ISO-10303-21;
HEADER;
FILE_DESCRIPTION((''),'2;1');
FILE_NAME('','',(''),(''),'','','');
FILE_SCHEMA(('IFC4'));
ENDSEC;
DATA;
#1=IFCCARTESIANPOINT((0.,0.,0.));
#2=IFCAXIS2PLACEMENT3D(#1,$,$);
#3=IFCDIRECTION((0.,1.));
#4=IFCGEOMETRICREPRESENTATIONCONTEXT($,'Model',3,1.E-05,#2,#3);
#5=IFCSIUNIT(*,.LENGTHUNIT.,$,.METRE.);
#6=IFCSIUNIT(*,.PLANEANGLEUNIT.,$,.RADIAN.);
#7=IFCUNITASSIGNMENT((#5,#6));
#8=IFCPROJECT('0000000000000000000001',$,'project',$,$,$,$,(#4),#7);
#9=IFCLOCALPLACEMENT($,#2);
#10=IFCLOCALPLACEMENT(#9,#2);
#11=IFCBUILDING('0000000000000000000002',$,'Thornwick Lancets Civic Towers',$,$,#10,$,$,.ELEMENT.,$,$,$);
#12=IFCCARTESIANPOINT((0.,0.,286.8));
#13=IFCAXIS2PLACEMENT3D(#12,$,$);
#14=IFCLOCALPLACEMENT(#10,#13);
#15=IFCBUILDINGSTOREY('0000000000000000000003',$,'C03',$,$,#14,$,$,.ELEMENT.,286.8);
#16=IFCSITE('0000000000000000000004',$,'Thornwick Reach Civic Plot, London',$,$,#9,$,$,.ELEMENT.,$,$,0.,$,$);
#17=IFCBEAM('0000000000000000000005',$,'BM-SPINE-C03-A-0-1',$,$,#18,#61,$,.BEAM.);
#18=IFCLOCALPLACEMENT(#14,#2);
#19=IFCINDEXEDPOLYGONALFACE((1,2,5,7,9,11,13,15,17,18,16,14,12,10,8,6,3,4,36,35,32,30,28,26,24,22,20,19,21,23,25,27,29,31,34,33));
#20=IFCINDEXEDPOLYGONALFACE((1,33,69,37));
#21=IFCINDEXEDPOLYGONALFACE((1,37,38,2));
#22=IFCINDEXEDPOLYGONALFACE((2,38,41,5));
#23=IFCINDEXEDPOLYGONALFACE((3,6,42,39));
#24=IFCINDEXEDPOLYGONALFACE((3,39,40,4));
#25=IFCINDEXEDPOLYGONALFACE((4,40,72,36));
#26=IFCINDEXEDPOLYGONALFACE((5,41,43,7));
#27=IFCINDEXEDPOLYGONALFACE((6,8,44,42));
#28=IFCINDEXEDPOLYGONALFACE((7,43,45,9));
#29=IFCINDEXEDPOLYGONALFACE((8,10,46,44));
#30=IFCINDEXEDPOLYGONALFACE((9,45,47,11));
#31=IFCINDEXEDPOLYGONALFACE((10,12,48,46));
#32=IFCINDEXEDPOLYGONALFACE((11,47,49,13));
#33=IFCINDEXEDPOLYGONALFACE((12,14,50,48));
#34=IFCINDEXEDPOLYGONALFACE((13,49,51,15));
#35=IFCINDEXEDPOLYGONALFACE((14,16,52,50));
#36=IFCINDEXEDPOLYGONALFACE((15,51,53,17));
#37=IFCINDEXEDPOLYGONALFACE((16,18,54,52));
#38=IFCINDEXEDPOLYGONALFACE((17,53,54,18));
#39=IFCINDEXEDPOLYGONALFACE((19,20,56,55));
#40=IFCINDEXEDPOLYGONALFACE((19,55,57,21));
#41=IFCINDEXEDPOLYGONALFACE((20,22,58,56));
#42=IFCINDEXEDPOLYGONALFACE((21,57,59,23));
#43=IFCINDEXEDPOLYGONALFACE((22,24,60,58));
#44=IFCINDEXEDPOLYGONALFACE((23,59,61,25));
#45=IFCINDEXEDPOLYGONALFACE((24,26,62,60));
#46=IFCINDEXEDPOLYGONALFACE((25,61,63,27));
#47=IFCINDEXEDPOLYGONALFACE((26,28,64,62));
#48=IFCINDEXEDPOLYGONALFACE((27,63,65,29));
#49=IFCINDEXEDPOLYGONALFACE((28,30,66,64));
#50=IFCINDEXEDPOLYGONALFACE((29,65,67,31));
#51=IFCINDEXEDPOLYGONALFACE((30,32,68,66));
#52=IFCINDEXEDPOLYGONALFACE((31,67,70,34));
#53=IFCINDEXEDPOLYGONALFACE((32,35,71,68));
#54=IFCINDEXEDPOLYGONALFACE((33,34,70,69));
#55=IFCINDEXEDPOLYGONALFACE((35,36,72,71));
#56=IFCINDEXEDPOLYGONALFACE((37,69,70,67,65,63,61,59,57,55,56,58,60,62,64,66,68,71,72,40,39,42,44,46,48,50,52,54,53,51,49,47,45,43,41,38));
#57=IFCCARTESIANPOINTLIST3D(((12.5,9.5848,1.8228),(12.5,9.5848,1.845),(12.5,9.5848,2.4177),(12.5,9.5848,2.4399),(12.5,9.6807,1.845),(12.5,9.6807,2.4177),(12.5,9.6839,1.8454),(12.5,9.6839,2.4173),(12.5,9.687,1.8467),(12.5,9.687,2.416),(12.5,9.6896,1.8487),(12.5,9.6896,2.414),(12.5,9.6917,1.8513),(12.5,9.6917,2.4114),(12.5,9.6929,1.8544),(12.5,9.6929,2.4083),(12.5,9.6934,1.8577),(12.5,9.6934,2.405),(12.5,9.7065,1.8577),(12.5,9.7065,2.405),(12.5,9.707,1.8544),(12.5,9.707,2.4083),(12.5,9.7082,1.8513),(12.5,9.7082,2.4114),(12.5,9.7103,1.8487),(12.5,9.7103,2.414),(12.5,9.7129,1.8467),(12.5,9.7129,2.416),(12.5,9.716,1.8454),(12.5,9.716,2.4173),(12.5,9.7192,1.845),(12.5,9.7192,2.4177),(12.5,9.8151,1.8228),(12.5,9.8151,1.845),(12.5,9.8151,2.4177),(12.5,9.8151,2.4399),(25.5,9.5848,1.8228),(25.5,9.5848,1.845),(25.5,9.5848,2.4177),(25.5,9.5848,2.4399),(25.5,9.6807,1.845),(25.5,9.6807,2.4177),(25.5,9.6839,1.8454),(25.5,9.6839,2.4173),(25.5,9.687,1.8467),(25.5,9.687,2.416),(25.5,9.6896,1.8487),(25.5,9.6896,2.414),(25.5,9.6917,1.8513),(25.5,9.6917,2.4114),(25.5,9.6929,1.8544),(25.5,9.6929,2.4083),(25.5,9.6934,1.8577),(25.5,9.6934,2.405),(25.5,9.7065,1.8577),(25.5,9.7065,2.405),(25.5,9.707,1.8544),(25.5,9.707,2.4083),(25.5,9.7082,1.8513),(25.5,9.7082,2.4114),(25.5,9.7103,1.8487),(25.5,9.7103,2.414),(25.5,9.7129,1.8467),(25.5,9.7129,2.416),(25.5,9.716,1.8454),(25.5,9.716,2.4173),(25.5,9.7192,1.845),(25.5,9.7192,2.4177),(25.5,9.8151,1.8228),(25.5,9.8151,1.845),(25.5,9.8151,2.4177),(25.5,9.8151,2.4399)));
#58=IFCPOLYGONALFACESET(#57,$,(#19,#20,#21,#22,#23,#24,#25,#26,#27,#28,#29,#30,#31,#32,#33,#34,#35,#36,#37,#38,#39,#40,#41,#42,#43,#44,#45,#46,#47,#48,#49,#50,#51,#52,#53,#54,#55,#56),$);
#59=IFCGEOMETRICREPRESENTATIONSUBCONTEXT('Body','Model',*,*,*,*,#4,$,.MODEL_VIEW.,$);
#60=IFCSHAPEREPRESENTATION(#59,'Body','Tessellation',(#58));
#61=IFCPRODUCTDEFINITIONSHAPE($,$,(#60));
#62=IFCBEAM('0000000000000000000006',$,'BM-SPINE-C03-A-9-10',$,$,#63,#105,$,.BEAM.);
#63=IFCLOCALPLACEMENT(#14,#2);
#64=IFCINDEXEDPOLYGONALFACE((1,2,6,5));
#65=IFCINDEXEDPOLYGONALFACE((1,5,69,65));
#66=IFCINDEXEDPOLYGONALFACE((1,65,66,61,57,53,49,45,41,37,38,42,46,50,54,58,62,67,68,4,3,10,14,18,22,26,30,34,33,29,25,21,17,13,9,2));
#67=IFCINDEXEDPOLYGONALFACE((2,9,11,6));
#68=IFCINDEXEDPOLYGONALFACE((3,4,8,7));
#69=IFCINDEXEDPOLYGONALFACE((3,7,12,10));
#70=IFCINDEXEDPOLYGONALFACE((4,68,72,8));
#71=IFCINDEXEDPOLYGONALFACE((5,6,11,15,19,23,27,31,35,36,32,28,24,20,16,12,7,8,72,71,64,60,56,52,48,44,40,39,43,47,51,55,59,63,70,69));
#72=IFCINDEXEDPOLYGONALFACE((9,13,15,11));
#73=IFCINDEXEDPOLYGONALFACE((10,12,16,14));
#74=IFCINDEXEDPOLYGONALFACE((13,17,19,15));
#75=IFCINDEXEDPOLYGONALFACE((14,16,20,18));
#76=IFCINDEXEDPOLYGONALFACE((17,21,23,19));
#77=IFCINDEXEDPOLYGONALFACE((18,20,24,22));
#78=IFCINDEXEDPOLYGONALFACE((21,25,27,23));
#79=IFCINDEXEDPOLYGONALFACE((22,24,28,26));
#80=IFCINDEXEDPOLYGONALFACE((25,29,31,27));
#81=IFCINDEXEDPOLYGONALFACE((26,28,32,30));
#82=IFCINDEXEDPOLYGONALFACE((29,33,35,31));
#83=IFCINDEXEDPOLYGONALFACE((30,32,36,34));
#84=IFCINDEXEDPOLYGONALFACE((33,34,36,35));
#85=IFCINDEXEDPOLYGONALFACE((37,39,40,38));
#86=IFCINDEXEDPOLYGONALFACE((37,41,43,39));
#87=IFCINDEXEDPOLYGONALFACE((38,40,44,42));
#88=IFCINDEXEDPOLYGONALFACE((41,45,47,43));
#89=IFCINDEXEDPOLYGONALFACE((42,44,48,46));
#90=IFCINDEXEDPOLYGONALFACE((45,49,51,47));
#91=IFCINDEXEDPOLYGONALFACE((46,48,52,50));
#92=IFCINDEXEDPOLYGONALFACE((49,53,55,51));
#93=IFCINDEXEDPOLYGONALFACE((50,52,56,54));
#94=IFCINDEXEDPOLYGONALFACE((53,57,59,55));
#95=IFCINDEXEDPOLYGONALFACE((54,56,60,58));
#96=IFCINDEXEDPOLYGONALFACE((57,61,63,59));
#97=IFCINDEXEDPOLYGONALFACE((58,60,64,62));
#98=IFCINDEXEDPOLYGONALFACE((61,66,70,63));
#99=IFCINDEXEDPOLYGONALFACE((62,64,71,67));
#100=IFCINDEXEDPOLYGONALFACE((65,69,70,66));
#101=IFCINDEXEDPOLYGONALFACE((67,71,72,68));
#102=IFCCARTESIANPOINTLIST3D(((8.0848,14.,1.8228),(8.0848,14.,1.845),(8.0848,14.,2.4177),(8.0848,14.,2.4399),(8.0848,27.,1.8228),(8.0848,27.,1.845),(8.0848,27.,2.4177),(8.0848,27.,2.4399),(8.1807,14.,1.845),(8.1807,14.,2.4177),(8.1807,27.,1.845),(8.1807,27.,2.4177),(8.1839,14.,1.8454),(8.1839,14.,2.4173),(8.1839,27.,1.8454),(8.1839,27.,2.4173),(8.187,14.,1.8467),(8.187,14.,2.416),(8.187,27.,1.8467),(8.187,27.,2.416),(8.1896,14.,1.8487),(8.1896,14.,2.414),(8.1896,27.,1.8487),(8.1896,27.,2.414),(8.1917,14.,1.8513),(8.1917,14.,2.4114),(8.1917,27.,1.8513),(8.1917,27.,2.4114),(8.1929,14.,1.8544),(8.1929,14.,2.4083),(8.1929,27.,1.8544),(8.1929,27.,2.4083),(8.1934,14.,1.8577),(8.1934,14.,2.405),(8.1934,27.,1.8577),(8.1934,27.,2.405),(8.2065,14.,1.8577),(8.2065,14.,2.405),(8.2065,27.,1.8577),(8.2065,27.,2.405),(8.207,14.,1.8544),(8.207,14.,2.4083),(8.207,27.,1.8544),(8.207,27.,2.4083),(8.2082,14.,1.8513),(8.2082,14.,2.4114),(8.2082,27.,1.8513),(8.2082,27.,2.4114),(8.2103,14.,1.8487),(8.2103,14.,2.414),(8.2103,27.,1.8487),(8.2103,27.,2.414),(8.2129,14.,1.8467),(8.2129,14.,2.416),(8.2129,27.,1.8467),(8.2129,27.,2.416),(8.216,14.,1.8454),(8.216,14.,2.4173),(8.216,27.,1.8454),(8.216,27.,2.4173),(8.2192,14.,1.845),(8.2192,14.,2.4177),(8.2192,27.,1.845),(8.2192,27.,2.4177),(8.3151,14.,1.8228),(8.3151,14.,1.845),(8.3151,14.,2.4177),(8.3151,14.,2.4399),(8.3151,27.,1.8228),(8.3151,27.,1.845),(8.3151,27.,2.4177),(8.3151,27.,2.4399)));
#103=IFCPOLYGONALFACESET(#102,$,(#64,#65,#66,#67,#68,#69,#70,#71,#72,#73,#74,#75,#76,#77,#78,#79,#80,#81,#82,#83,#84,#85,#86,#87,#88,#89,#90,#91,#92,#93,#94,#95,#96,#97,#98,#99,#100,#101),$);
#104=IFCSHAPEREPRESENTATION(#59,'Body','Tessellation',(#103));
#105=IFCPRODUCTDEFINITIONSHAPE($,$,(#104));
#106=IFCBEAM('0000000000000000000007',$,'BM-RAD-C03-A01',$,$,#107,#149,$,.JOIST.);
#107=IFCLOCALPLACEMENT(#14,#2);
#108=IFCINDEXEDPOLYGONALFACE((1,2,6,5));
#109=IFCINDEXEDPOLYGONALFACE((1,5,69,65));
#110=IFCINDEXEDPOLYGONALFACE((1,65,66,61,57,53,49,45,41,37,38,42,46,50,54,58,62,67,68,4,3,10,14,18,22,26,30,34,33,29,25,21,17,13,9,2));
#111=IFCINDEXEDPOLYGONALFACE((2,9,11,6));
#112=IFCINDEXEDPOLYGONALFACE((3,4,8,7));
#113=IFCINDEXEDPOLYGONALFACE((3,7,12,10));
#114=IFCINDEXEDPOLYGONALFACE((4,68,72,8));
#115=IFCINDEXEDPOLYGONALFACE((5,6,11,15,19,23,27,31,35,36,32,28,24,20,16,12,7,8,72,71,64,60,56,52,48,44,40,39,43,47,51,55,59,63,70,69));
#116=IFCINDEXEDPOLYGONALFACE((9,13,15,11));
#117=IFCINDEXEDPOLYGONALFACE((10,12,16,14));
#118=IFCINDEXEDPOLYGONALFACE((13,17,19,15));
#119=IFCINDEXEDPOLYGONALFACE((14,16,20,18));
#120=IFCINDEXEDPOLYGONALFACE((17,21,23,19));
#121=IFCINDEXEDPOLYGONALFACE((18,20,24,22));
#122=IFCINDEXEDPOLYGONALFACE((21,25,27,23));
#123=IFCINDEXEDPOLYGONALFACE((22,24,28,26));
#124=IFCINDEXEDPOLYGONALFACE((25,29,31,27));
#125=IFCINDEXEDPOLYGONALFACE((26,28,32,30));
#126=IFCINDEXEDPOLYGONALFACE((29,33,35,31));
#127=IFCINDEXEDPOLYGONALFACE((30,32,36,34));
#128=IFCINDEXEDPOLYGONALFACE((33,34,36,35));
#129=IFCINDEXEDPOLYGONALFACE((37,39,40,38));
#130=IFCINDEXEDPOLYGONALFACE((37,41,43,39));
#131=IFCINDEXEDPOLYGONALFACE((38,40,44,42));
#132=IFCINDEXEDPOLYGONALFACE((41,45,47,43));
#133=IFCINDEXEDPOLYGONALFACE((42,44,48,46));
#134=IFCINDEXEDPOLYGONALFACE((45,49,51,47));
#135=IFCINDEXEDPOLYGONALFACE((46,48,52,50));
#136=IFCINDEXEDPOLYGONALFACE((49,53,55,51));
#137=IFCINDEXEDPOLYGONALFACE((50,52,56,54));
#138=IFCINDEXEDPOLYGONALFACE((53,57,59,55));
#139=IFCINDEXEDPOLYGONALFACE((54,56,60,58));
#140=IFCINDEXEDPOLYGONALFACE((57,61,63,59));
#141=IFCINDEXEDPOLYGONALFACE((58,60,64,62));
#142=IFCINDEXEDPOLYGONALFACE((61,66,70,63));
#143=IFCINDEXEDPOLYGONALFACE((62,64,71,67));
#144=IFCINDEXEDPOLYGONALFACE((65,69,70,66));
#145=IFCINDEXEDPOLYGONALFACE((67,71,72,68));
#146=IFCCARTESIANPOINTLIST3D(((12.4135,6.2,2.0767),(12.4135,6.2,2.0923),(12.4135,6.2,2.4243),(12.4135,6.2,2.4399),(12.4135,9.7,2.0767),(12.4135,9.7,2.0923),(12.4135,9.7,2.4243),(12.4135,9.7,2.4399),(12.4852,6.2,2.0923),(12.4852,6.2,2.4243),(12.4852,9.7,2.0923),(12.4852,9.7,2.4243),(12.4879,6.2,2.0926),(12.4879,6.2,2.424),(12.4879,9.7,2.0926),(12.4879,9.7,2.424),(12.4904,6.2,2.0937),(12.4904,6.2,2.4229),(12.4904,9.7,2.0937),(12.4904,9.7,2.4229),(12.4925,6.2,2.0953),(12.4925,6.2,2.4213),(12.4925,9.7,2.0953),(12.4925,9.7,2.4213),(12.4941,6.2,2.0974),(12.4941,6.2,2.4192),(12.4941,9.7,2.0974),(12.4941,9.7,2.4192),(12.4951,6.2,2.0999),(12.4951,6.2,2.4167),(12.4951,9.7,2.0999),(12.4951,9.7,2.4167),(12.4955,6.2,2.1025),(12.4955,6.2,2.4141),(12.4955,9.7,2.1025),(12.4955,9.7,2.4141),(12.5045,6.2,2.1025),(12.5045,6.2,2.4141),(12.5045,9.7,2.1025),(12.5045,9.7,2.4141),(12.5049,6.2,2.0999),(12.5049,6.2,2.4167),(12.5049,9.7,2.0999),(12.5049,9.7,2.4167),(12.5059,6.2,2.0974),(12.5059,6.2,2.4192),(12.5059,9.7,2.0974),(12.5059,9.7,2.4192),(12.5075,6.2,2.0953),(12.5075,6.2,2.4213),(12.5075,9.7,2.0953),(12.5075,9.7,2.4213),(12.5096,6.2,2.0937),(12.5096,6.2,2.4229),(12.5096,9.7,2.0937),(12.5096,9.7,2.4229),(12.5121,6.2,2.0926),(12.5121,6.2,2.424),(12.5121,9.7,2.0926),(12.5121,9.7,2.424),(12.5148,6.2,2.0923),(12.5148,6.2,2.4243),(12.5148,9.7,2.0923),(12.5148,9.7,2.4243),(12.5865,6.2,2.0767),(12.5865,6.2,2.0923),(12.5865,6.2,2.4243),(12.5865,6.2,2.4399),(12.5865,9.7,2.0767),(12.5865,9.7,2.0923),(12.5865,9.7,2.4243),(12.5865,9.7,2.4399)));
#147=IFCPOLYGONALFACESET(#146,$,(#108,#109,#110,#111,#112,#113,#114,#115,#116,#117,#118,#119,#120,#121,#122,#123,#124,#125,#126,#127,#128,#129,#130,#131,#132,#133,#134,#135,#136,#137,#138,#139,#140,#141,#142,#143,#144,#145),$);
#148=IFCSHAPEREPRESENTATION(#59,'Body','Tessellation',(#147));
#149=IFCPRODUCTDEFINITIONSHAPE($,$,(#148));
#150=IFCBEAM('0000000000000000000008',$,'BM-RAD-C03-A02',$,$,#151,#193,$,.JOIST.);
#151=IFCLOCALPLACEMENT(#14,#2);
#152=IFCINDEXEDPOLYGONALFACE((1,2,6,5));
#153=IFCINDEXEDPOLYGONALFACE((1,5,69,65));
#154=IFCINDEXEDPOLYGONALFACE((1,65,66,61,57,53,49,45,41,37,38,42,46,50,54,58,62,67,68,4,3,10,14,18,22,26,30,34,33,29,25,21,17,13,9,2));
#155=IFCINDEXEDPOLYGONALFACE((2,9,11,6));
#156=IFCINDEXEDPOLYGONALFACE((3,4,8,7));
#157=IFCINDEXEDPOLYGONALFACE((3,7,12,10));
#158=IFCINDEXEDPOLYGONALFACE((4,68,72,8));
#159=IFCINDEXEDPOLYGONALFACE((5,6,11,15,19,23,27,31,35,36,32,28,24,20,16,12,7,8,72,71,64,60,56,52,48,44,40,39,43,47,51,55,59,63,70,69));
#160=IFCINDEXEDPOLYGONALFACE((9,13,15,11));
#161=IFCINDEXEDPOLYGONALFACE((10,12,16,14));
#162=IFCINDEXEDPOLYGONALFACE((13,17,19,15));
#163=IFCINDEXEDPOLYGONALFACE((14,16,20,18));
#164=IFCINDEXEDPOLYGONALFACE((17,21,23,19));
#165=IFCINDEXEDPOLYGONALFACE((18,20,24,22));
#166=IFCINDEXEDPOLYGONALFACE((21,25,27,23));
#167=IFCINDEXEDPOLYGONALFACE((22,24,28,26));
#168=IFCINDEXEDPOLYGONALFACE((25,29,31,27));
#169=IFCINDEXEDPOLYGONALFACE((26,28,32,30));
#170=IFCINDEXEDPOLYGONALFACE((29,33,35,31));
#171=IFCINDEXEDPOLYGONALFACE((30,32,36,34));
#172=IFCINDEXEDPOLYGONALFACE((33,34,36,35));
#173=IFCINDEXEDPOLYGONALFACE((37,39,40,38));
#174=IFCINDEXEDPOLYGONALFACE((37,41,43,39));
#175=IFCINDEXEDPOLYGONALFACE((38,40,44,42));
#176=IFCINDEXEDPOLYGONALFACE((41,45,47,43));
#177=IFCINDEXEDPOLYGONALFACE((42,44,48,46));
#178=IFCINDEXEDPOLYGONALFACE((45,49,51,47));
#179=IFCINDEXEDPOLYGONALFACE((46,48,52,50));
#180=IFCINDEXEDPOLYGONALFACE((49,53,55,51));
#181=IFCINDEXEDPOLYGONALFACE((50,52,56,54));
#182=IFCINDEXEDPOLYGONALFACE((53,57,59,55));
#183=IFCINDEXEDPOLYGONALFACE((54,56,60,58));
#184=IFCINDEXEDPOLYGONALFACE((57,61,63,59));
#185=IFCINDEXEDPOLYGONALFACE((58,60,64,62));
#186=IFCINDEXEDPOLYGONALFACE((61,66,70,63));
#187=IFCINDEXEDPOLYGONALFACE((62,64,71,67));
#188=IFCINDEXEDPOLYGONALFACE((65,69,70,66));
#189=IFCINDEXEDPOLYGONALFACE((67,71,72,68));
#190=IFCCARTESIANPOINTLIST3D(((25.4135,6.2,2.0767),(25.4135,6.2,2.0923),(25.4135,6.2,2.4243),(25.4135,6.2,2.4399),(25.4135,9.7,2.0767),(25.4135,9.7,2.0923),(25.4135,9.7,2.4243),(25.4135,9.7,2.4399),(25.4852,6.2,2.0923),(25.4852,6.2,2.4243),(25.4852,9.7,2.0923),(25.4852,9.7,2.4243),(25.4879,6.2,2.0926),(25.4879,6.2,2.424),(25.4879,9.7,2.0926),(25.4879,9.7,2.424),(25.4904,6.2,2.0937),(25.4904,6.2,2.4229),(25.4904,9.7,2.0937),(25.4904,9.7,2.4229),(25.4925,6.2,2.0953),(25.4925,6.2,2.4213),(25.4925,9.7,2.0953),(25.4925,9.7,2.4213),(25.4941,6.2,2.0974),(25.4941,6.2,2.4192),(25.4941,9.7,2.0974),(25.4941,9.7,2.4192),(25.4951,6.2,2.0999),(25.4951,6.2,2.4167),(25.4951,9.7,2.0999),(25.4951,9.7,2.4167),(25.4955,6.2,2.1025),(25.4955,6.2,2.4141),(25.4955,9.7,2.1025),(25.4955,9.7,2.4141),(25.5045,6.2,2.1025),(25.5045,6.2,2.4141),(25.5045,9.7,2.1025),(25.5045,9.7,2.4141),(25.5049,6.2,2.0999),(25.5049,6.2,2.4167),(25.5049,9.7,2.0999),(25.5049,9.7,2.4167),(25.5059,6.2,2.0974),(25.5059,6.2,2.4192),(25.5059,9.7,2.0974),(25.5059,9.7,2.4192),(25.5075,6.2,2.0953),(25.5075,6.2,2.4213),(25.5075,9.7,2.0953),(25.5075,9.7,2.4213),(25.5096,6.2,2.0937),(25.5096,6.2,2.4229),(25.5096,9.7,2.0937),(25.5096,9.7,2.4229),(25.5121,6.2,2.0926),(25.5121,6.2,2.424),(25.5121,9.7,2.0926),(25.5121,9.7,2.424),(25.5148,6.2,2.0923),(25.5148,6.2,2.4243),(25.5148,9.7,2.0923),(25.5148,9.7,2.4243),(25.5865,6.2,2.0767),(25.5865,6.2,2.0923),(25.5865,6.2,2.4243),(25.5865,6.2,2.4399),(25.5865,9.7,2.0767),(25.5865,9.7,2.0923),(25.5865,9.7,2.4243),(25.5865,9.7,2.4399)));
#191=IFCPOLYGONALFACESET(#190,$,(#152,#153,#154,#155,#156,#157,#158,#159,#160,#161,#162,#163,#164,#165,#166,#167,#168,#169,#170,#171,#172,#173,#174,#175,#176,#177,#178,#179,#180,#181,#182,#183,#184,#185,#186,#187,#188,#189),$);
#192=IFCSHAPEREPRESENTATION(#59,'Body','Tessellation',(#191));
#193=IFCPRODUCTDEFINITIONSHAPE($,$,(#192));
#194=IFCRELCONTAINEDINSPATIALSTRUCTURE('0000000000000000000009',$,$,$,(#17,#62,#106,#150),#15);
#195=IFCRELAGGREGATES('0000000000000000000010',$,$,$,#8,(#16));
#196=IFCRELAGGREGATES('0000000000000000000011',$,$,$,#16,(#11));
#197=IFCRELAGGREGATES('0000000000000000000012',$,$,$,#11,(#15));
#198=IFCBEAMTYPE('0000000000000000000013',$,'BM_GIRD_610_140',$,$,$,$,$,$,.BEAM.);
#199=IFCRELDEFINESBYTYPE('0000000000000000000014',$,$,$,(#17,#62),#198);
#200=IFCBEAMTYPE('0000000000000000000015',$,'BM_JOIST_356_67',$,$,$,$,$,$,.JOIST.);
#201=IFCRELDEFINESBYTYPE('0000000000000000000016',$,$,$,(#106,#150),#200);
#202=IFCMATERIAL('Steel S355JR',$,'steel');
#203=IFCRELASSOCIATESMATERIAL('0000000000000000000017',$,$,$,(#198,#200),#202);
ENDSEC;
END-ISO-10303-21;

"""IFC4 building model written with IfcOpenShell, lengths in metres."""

from ifc_helpers import new_model, si_unit, direction, frame, origin, origin_2d, place, context, subcontext, project, spatial, i_section, extrude, material, material_profile, profile_set, type_object, element, save


model = new_model("IFC4")

# Units and contexts
model_context = context("Model", 3, precision=1e-05, world=origin(), true_north=direction((0.0, 1.0)))
body_context = subcontext(model_context, "Body", "Model", "MODEL_VIEW")
ifc_project = project(units=[si_unit("LENGTHUNIT", "METRE"), si_unit("PLANEANGLEUNIT", "RADIAN")], contexts=[model_context])

# Site, building, storey
site_placement = place(None, origin())
site = spatial("IfcSite", under=ifc_project, at=site_placement, Name="Thornwick Reach Civic Plot, London", CompositionType="ELEMENT", RefElevation=0.0)
building_placement = place(site_placement, origin())
building = spatial("IfcBuilding", under=site, at=building_placement, Name="Thornwick Lancets Civic Towers", CompositionType="ELEMENT")
storey_placement = place(building_placement, frame((0.0, 0.0, 286.8)))
storey = spatial("IfcBuildingStorey", under=building, at=storey_placement, Name="C03", CompositionType="ELEMENT", Elevation=286.8)

# Shared definitions
ifc_material_1 = material(Name="Steel S355JR", Category="steel")

# Beams
ifc_material_profile_1 = material_profile(ifc_material_1, i_section(OverallWidth=0.2302, OverallDepth=0.6172, WebThickness=0.0132, FlangeThickness=0.0222, FilletRadius=0.0127, at=origin_2d()), Name="UKB 610x229x140")
ifc_profile_set_1 = profile_set([ifc_material_profile_1], Name="Steel S355JR")
beam_type_1 = type_object("IfcBeamType", Name="BM_GIRD_610_140", PredefinedType="BEAM", material=ifc_profile_set_1)
for number, where, z_axis, x_axis, name in (
    (1, (12.5, 9.7, 2.1313), (1.0, 0.0, 0.0), (0.0, 1.0, 0.0), "BM-SPINE-C03-A-0-1"),
    (2, (8.2, 14.0, 2.1313), (0.0, 1.0, 0.0), (-1.0, 0.0, 0.0), "BM-SPINE-C03-A-9-10"),
):
    element("IfcBeam", number, at=place(storey_placement, frame(where, z_axis=z_axis, x_axis=x_axis)), inside=storey, type_object=beam_type_1, Name=name, PredefinedType="BEAM", context=body_context, shape_type="SweptSolid", body=[
        extrude(i_section(OverallWidth=0.2302, OverallDepth=0.6172, WebThickness=0.0132, FlangeThickness=0.0222, FilletRadius=0.0127, at=origin_2d()), origin(), (0.0, 0.0, 1.0), 13.0),
    ])
ifc_material_profile_2 = material_profile(ifc_material_1, i_section(OverallWidth=0.1731, OverallDepth=0.3633, WebThickness=0.009, FlangeThickness=0.0156, FilletRadius=0.0103, at=origin_2d()), Name="UKB 356x171x67")
ifc_profile_set_2 = profile_set([ifc_material_profile_2], Name="Steel S355JR")
beam_type_2 = type_object("IfcBeamType", Name="BM_JOIST_356_67", PredefinedType="JOIST", material=ifc_profile_set_2)
for number, where, z_axis, x_axis, name in (
    (3, (12.5, 9.7, 2.2583), (0.0, -1.0, 0.0), (1.0, 0.0, 0.0), "BM-RAD-C03-A01"),
    (4, (25.5, 9.7, 2.2583), (0.0, -1.0, 0.0), (1.0, 0.0, 0.0), "BM-RAD-C03-A02"),
):
    element("IfcBeam", number, at=place(storey_placement, frame(where, z_axis=z_axis, x_axis=x_axis)), inside=storey, type_object=beam_type_2, Name=name, PredefinedType="JOIST", context=body_context, shape_type="SweptSolid", body=[
        extrude(i_section(OverallWidth=0.1731, OverallDepth=0.3633, WebThickness=0.009, FlangeThickness=0.0156, FilletRadius=0.0103, at=origin_2d()), origin(), (0.0, 0.0, 1.0), 3.5),
    ])

save(model, "model.ifc")
